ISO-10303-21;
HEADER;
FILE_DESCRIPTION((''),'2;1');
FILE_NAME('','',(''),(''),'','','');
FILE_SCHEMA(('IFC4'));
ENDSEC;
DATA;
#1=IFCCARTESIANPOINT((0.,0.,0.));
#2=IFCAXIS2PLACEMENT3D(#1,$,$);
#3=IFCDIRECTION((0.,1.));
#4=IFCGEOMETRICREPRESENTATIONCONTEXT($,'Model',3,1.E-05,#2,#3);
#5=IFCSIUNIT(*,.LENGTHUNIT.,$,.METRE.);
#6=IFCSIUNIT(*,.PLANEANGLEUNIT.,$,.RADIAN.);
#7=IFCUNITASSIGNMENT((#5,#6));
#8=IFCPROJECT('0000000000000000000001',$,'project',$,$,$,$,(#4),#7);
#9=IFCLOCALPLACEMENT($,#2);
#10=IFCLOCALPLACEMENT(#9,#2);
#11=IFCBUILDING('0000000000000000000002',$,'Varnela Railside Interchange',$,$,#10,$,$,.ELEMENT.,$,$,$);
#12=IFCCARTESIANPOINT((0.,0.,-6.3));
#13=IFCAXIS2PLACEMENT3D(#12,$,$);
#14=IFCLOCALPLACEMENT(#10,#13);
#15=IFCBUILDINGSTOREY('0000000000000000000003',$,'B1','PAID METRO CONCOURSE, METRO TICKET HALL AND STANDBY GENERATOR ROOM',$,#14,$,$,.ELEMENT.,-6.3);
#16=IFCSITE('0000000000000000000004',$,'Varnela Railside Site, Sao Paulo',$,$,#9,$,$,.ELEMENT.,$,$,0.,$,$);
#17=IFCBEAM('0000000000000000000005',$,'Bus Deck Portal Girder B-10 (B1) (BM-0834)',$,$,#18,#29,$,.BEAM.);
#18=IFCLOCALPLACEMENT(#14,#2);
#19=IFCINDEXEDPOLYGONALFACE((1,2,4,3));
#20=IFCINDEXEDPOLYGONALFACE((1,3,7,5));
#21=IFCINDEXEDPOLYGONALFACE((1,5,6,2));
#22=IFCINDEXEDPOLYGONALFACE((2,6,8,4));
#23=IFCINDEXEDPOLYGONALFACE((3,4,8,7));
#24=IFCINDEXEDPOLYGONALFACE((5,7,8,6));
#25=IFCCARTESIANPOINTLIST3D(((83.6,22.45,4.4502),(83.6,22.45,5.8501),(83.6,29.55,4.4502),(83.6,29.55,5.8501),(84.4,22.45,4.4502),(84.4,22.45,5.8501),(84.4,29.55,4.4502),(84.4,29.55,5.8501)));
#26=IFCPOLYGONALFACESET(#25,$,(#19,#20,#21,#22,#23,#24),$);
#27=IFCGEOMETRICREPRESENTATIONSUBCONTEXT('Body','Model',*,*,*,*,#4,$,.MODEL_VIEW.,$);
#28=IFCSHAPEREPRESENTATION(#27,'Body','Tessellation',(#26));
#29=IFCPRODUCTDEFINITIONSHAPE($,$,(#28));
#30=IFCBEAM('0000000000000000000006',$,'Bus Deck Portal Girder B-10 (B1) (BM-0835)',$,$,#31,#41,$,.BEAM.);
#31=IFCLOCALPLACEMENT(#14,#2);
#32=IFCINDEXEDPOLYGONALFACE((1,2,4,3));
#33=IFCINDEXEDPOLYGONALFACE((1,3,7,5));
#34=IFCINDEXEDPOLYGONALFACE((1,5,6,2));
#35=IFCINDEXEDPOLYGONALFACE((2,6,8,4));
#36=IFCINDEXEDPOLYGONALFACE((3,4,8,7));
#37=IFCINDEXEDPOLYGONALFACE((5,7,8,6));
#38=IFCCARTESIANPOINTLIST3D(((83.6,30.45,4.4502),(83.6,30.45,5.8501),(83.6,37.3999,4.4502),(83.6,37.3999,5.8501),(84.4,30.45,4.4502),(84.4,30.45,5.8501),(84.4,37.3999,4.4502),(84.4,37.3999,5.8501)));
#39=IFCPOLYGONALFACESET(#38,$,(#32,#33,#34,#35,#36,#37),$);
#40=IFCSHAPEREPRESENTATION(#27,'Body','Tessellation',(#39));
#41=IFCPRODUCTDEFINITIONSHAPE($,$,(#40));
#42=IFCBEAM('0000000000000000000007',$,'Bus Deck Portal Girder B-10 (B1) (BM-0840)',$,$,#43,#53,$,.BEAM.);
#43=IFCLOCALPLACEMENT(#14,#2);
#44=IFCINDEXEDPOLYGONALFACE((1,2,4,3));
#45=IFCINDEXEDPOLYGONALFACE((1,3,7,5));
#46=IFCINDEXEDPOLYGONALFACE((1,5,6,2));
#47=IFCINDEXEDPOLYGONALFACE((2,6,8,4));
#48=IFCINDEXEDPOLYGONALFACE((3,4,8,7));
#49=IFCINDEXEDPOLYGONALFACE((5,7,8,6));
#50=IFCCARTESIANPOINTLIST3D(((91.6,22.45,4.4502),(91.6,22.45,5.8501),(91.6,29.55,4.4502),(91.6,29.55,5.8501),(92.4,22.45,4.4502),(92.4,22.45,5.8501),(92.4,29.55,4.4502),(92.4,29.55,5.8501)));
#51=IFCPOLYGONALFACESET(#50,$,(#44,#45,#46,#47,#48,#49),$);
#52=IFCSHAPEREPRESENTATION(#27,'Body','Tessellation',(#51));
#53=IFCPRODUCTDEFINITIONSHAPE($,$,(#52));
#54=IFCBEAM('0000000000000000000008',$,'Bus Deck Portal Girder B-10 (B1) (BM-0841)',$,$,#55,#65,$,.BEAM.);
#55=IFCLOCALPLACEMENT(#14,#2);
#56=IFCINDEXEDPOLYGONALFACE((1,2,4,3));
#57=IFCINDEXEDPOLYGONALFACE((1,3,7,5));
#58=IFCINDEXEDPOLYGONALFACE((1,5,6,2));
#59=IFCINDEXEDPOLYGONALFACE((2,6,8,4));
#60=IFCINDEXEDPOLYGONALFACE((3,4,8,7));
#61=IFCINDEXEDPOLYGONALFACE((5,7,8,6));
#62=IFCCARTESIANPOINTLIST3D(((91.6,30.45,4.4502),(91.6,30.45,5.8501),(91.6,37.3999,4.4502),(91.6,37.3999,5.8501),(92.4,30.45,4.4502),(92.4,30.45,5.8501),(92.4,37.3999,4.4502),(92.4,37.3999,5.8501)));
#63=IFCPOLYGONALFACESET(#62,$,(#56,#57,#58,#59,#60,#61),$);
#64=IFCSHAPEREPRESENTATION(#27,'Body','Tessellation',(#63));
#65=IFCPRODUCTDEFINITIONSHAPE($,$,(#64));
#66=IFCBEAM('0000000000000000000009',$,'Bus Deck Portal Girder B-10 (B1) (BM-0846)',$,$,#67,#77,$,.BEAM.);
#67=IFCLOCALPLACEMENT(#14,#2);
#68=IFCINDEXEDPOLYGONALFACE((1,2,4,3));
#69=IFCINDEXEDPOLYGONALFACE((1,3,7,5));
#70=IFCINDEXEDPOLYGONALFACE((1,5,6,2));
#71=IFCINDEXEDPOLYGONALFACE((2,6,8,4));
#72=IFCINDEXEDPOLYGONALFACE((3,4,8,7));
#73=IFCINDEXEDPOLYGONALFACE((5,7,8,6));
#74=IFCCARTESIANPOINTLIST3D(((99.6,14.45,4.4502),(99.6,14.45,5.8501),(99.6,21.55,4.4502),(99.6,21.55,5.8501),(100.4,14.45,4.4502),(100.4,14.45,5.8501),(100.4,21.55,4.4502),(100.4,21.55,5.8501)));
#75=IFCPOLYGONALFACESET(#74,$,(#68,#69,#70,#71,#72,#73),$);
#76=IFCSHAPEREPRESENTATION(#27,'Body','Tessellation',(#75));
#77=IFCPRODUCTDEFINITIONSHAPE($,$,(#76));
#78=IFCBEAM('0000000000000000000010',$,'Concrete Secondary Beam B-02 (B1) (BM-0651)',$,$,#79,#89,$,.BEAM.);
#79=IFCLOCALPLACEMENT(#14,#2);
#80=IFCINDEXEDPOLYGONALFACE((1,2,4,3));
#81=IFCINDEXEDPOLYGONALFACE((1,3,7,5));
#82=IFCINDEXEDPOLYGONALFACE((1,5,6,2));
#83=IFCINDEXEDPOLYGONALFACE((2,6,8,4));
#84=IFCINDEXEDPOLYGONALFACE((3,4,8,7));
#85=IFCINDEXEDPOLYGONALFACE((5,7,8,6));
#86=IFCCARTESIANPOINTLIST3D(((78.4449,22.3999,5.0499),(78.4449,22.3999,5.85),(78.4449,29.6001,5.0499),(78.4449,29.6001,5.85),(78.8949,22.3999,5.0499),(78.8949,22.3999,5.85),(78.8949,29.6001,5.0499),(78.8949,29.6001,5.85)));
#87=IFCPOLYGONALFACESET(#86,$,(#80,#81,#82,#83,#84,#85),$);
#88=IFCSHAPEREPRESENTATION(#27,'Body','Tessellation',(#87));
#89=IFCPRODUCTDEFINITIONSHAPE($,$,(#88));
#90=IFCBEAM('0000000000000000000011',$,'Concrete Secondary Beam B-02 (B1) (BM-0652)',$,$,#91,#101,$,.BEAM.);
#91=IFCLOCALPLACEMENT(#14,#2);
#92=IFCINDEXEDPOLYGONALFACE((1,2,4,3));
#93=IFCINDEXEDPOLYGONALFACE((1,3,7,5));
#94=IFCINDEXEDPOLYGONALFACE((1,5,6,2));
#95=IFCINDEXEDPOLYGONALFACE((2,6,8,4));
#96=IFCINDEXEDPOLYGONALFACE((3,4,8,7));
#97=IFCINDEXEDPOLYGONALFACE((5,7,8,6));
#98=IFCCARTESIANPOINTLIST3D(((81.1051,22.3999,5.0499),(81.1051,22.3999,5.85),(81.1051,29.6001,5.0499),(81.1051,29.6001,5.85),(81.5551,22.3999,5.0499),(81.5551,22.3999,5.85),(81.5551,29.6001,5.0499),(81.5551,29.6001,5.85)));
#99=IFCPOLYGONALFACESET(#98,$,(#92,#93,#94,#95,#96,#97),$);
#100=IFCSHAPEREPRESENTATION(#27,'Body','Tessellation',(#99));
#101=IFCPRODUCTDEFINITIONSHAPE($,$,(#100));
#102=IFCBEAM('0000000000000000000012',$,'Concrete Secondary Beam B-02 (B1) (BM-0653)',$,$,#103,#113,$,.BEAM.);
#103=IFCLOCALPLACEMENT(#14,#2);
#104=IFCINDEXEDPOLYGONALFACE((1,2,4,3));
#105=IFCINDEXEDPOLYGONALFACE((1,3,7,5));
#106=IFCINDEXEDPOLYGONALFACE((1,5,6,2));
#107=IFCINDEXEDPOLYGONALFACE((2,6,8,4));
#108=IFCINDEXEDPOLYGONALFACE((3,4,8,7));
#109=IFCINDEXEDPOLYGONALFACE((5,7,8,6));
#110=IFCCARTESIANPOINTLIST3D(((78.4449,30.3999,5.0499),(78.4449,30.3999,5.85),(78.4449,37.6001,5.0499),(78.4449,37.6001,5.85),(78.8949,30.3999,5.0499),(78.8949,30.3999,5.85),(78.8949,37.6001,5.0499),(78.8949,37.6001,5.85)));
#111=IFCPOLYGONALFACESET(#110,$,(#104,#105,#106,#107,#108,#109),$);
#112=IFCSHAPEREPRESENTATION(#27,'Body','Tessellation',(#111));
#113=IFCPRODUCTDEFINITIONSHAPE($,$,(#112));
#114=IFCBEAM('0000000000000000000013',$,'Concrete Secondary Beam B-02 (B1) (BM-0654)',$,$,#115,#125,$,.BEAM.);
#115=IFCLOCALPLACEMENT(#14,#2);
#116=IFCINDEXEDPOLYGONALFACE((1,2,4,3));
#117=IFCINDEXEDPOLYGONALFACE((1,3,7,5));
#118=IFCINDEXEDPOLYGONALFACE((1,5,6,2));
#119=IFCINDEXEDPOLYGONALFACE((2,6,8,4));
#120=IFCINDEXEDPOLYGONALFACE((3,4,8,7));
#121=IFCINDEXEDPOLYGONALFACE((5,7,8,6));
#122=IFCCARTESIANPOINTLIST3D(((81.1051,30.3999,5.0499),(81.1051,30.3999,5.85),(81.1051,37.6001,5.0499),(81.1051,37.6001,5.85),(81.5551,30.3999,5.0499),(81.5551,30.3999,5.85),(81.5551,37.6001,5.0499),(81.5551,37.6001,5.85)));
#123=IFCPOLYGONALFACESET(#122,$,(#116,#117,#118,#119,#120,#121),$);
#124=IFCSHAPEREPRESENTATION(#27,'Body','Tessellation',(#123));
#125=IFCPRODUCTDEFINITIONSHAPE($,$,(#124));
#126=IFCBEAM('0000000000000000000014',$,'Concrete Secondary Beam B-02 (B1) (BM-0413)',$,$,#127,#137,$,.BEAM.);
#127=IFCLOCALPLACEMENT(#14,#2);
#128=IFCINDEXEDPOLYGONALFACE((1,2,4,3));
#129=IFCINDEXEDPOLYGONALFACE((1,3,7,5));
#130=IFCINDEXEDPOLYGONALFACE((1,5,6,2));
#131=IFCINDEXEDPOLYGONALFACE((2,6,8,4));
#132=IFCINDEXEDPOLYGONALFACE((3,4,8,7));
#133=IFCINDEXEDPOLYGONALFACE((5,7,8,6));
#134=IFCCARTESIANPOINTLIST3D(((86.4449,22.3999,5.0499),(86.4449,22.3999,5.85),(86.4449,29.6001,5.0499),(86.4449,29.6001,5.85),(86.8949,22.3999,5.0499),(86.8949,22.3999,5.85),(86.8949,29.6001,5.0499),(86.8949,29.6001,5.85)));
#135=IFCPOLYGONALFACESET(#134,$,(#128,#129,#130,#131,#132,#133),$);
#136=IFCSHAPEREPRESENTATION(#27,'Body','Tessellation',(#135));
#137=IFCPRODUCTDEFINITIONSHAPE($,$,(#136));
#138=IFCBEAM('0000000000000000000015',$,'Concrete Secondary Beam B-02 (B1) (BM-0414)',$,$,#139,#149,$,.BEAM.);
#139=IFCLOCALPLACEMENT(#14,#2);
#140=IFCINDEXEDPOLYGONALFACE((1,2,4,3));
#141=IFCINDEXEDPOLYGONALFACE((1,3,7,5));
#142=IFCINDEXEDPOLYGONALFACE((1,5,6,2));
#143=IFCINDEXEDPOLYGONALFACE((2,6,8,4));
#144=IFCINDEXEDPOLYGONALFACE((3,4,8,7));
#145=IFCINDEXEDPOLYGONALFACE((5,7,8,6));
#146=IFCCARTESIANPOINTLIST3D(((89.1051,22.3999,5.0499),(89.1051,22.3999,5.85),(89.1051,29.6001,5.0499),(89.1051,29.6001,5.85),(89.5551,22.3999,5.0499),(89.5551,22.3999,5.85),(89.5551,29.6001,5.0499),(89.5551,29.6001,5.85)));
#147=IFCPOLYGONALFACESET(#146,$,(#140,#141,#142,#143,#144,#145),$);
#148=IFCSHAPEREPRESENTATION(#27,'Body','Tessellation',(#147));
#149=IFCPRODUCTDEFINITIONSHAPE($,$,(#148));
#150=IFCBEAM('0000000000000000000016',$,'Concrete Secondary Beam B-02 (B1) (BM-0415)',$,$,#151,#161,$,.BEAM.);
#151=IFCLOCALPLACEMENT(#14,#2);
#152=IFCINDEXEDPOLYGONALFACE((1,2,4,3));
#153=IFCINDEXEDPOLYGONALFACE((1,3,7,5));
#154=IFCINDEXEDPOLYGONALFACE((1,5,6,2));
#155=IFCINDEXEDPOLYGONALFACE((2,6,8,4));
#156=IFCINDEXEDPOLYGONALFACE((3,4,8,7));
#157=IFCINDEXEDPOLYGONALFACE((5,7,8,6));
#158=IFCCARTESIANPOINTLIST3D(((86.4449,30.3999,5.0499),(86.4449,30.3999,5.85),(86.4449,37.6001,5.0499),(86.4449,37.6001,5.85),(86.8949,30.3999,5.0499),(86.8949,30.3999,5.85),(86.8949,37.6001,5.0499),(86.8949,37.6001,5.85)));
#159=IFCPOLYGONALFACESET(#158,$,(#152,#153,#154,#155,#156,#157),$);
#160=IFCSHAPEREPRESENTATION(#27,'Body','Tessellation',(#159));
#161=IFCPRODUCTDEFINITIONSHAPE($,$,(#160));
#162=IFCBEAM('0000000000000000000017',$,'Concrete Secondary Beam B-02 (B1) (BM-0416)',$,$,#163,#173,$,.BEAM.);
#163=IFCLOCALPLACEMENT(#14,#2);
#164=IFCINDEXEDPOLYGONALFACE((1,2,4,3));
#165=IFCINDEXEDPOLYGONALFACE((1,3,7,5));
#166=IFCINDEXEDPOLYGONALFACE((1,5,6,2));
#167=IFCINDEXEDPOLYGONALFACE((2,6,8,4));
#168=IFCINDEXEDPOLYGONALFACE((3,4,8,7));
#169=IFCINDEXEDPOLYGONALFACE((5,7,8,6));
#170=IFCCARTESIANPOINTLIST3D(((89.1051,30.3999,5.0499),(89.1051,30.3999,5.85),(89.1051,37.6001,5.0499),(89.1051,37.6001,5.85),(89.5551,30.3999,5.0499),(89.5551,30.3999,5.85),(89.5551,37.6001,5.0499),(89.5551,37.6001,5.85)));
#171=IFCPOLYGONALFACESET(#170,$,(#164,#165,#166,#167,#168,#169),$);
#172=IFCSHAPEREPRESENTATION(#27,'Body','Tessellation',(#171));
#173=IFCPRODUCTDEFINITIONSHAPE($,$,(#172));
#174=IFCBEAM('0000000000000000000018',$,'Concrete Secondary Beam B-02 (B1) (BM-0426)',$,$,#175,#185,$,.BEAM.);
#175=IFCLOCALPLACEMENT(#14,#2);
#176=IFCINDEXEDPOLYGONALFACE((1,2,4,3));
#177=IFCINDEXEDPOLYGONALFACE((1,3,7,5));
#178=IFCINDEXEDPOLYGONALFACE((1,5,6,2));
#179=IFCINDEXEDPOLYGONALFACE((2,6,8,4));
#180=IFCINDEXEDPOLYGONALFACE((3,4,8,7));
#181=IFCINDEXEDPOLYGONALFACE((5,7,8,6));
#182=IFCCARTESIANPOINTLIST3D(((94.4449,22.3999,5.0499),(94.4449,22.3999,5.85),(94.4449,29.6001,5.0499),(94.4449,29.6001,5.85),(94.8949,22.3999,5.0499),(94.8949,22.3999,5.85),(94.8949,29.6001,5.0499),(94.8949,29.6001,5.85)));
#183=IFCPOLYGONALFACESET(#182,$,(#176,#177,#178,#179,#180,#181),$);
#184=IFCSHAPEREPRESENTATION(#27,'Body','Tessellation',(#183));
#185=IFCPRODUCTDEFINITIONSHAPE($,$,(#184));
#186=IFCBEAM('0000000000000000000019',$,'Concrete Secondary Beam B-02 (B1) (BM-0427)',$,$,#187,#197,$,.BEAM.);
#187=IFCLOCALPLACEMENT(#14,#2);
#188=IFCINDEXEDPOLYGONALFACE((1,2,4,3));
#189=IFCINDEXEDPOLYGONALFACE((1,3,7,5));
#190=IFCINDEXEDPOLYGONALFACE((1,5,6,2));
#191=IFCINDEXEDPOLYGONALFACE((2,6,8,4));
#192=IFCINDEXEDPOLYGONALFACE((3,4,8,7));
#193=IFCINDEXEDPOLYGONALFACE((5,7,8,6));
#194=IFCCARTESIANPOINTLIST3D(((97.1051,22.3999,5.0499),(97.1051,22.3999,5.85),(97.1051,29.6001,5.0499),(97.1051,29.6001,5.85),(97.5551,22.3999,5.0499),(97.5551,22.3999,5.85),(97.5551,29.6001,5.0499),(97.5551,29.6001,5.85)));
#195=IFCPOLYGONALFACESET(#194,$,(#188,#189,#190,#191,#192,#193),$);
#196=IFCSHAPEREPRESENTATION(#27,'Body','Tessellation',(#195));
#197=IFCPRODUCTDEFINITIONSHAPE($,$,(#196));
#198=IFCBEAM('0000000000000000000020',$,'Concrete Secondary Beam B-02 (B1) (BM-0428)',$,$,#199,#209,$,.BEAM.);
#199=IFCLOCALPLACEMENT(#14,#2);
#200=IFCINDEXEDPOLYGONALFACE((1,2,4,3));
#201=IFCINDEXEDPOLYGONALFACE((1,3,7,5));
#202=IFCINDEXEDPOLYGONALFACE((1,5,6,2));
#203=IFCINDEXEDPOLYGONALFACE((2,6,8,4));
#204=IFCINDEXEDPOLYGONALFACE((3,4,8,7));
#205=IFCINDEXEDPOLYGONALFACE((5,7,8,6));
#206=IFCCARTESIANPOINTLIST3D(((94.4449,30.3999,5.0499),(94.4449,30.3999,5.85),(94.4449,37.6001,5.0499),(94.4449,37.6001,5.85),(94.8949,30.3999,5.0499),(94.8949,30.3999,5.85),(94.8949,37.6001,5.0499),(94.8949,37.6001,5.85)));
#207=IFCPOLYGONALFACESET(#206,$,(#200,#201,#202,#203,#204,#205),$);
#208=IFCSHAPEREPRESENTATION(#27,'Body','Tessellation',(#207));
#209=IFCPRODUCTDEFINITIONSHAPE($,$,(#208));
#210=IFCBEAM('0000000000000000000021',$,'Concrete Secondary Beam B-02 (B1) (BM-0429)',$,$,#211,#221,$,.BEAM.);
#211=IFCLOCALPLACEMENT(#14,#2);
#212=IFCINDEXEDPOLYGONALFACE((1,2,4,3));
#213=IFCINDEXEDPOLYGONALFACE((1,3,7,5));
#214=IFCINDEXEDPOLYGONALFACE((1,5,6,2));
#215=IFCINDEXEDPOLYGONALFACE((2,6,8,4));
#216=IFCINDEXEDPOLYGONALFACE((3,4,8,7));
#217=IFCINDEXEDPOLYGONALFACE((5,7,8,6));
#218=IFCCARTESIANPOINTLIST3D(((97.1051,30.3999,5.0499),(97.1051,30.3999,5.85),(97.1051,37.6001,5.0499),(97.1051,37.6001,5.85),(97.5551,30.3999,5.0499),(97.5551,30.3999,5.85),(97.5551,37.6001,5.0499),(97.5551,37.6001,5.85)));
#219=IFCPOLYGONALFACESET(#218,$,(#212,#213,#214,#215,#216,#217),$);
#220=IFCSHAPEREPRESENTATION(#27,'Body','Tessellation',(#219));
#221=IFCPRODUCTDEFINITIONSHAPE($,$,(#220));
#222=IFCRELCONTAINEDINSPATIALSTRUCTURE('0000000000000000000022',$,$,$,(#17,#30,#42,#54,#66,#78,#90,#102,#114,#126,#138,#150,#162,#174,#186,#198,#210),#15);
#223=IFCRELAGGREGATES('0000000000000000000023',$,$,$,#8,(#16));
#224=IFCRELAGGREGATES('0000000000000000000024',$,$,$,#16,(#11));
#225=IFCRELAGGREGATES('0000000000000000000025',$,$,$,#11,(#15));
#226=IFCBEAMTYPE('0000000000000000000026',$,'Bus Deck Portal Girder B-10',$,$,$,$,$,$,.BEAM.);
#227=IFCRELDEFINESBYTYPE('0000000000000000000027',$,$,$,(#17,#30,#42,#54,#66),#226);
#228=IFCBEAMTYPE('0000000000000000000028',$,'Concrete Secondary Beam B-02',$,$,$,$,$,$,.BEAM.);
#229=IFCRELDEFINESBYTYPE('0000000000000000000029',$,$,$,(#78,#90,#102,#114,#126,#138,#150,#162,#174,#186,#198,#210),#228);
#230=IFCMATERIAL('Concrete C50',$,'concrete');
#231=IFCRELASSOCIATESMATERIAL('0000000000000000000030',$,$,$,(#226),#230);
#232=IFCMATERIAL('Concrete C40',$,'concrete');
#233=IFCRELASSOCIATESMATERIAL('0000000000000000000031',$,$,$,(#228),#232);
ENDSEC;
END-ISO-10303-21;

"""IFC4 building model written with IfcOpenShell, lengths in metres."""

from ifc_helpers import new_model, si_unit, direction, frame, origin, origin_2d, place, context, subcontext, project, spatial, rectangle, extrude, material, material_profile, profile_set, type_object, element, save


model = new_model("IFC4")

# Units and contexts
model_context = context("Model", 3, precision=1e-05, world=origin(), true_north=direction((0.0, 1.0)))
body_context = subcontext(model_context, "Body", "Model", "MODEL_VIEW")
ifc_project = project(units=[si_unit("LENGTHUNIT", "METRE"), si_unit("PLANEANGLEUNIT", "RADIAN")], contexts=[model_context])

# Site, building, storey
site_placement = place(None, origin())
site = spatial("IfcSite", under=ifc_project, at=site_placement, Name="Varnela Railside Site, Sao Paulo", CompositionType="ELEMENT", RefElevation=0.0)
building_placement = place(site_placement, origin())
building = spatial("IfcBuilding", under=site, at=building_placement, Name="Varnela Railside Interchange", CompositionType="ELEMENT")
storey_placement = place(building_placement, frame((0.0, 0.0, -6.3)))
storey = spatial("IfcBuildingStorey", under=building, at=storey_placement, Name="B1", Description="PAID METRO CONCOURSE, METRO TICKET HALL AND STANDBY GENERATOR ROOM", CompositionType="ELEMENT", Elevation=-6.3)

# Shared definitions
ifc_material_1 = material(Name="Concrete C50", Category="concrete")

# Beams
ifc_material_profile_1 = material_profile(ifc_material_1, rectangle(XDim=0.8, YDim=1.3999, at=origin_2d()), Name="RC 800x1400")
ifc_profile_set_1 = profile_set([ifc_material_profile_1], Name="Concrete C50")
beam_type_1 = type_object("IfcBeamType", Name="Bus Deck Portal Girder B-10", PredefinedType="BEAM", material=ifc_profile_set_1)
beam_1_placement = place(storey_placement, frame((84.0, 22.45, 5.1501), z_axis=(0.0, 1.0, 0.0), x_axis=(-1.0, 0.0, 0.0)))
element("IfcBeam", 1, at=beam_1_placement, inside=storey, type_object=beam_type_1, Name="Bus Deck Portal Girder B-10 (B1) (BM-0834)", PredefinedType="BEAM", context=body_context, shape_type="SweptSolid", body=[
    extrude(rectangle(XDim=0.8, YDim=1.3999, at=origin_2d()), origin(), (0.0, 0.0, 1.0), 7.1001),
])
beam_2_placement = place(storey_placement, frame((84.0, 30.45, 5.1501), z_axis=(0.0, 1.0, 0.0), x_axis=(-1.0, 0.0, 0.0)))
element("IfcBeam", 2, at=beam_2_placement, inside=storey, type_object=beam_type_1, Name="Bus Deck Portal Girder B-10 (B1) (BM-0835)", PredefinedType="BEAM", context=body_context, shape_type="SweptSolid", body=[
    extrude(rectangle(XDim=0.8, YDim=1.3999, at=origin_2d()), origin(), (0.0, 0.0, 1.0), 6.95),
])
beam_3_placement = place(storey_placement, frame((92.0, 22.45, 5.1501), z_axis=(0.0, 1.0, 0.0), x_axis=(-1.0, 0.0, 0.0)))
element("IfcBeam", 3, at=beam_3_placement, inside=storey, type_object=beam_type_1, Name="Bus Deck Portal Girder B-10 (B1) (BM-0840)", PredefinedType="BEAM", context=body_context, shape_type="SweptSolid", body=[
    extrude(rectangle(XDim=0.8, YDim=1.3999, at=origin_2d()), origin(), (0.0, 0.0, 1.0), 7.1001),
])
beam_4_placement = place(storey_placement, frame((92.0, 30.45, 5.1501), z_axis=(0.0, 1.0, 0.0), x_axis=(-1.0, 0.0, 0.0)))
element("IfcBeam", 4, at=beam_4_placement, inside=storey, type_object=beam_type_1, Name="Bus Deck Portal Girder B-10 (B1) (BM-0841)", PredefinedType="BEAM", context=body_context, shape_type="SweptSolid", body=[
    extrude(rectangle(XDim=0.8, YDim=1.3999, at=origin_2d()), origin(), (0.0, 0.0, 1.0), 6.95),
])
beam_5_placement = place(storey_placement, frame((100.0, 14.45, 5.1501), z_axis=(0.0, 1.0, 0.0), x_axis=(-1.0, 0.0, 0.0)))
element("IfcBeam", 5, at=beam_5_placement, inside=storey, type_object=beam_type_1, Name="Bus Deck Portal Girder B-10 (B1) (BM-0846)", PredefinedType="BEAM", context=body_context, shape_type="SweptSolid", body=[
    extrude(rectangle(XDim=0.8, YDim=1.3999, at=origin_2d()), origin(), (0.0, 0.0, 1.0), 7.1001),
])
ifc_material_2 = material(Name="Concrete C40", Category="concrete")
ifc_material_profile_2 = material_profile(ifc_material_2, rectangle(XDim=0.45, YDim=0.8, at=origin_2d()), Name="RC 450x800")
ifc_profile_set_2 = profile_set([ifc_material_profile_2], Name="Concrete C40")
beam_type_2 = type_object("IfcBeamType", Name="Concrete Secondary Beam B-02", PredefinedType="BEAM", material=ifc_profile_set_2)
for number, where, z_axis, x_axis, name in (
    (6, (78.6699, 22.3999, 5.45), (0.0, 1.0, 0.0), (-1.0, 0.0, 0.0), "Concrete Secondary Beam B-02 (B1) (BM-0651)"),
    (7, (81.3301, 22.3999, 5.45), (0.0, 1.0, 0.0), (-1.0, 0.0, 0.0), "Concrete Secondary Beam B-02 (B1) (BM-0652)"),
    (8, (78.6699, 30.3999, 5.45), (0.0, 1.0, 0.0), (-1.0, 0.0, 0.0), "Concrete Secondary Beam B-02 (B1) (BM-0653)"),
    (9, (81.3301, 30.3999, 5.45), (0.0, 1.0, 0.0), (-1.0, 0.0, 0.0), "Concrete Secondary Beam B-02 (B1) (BM-0654)"),
    (10, (86.6699, 22.3999, 5.45), (0.0, 1.0, 0.0), (-1.0, 0.0, 0.0), "Concrete Secondary Beam B-02 (B1) (BM-0413)"),
    (11, (89.3301, 22.3999, 5.45), (0.0, 1.0, 0.0), (-1.0, 0.0, 0.0), "Concrete Secondary Beam B-02 (B1) (BM-0414)"),
    (12, (86.6699, 30.3999, 5.45), (0.0, 1.0, 0.0), (-1.0, 0.0, 0.0), "Concrete Secondary Beam B-02 (B1) (BM-0415)"),
    (13, (89.3301, 30.3999, 5.45), (0.0, 1.0, 0.0), (-1.0, 0.0, 0.0), "Concrete Secondary Beam B-02 (B1) (BM-0416)"),
    (14, (94.6699, 22.3999, 5.45), (0.0, 1.0, 0.0), (-1.0, 0.0, 0.0), "Concrete Secondary Beam B-02 (B1) (BM-0426)"),
    (15, (97.3301, 22.3999, 5.45), (0.0, 1.0, 0.0), (-1.0, 0.0, 0.0), "Concrete Secondary Beam B-02 (B1) (BM-0427)"),
    (16, (94.6699, 30.3999, 5.45), (0.0, 1.0, 0.0), (-1.0, 0.0, 0.0), "Concrete Secondary Beam B-02 (B1) (BM-0428)"),
    (17, (97.3301, 30.3999, 5.45), (0.0, 1.0, 0.0), (-1.0, 0.0, 0.0), "Concrete Secondary Beam B-02 (B1) (BM-0429)"),
):
    element("IfcBeam", number, at=place(storey_placement, frame(where, z_axis=z_axis, x_axis=x_axis)), inside=storey, type_object=beam_type_2, Name=name, PredefinedType="BEAM", context=body_context, shape_type="SweptSolid", body=[
        extrude(rectangle(XDim=0.45, YDim=0.8, at=origin_2d()), origin(), (0.0, 0.0, 1.0), 7.2002),
    ])

save(model, "model.ifc")
